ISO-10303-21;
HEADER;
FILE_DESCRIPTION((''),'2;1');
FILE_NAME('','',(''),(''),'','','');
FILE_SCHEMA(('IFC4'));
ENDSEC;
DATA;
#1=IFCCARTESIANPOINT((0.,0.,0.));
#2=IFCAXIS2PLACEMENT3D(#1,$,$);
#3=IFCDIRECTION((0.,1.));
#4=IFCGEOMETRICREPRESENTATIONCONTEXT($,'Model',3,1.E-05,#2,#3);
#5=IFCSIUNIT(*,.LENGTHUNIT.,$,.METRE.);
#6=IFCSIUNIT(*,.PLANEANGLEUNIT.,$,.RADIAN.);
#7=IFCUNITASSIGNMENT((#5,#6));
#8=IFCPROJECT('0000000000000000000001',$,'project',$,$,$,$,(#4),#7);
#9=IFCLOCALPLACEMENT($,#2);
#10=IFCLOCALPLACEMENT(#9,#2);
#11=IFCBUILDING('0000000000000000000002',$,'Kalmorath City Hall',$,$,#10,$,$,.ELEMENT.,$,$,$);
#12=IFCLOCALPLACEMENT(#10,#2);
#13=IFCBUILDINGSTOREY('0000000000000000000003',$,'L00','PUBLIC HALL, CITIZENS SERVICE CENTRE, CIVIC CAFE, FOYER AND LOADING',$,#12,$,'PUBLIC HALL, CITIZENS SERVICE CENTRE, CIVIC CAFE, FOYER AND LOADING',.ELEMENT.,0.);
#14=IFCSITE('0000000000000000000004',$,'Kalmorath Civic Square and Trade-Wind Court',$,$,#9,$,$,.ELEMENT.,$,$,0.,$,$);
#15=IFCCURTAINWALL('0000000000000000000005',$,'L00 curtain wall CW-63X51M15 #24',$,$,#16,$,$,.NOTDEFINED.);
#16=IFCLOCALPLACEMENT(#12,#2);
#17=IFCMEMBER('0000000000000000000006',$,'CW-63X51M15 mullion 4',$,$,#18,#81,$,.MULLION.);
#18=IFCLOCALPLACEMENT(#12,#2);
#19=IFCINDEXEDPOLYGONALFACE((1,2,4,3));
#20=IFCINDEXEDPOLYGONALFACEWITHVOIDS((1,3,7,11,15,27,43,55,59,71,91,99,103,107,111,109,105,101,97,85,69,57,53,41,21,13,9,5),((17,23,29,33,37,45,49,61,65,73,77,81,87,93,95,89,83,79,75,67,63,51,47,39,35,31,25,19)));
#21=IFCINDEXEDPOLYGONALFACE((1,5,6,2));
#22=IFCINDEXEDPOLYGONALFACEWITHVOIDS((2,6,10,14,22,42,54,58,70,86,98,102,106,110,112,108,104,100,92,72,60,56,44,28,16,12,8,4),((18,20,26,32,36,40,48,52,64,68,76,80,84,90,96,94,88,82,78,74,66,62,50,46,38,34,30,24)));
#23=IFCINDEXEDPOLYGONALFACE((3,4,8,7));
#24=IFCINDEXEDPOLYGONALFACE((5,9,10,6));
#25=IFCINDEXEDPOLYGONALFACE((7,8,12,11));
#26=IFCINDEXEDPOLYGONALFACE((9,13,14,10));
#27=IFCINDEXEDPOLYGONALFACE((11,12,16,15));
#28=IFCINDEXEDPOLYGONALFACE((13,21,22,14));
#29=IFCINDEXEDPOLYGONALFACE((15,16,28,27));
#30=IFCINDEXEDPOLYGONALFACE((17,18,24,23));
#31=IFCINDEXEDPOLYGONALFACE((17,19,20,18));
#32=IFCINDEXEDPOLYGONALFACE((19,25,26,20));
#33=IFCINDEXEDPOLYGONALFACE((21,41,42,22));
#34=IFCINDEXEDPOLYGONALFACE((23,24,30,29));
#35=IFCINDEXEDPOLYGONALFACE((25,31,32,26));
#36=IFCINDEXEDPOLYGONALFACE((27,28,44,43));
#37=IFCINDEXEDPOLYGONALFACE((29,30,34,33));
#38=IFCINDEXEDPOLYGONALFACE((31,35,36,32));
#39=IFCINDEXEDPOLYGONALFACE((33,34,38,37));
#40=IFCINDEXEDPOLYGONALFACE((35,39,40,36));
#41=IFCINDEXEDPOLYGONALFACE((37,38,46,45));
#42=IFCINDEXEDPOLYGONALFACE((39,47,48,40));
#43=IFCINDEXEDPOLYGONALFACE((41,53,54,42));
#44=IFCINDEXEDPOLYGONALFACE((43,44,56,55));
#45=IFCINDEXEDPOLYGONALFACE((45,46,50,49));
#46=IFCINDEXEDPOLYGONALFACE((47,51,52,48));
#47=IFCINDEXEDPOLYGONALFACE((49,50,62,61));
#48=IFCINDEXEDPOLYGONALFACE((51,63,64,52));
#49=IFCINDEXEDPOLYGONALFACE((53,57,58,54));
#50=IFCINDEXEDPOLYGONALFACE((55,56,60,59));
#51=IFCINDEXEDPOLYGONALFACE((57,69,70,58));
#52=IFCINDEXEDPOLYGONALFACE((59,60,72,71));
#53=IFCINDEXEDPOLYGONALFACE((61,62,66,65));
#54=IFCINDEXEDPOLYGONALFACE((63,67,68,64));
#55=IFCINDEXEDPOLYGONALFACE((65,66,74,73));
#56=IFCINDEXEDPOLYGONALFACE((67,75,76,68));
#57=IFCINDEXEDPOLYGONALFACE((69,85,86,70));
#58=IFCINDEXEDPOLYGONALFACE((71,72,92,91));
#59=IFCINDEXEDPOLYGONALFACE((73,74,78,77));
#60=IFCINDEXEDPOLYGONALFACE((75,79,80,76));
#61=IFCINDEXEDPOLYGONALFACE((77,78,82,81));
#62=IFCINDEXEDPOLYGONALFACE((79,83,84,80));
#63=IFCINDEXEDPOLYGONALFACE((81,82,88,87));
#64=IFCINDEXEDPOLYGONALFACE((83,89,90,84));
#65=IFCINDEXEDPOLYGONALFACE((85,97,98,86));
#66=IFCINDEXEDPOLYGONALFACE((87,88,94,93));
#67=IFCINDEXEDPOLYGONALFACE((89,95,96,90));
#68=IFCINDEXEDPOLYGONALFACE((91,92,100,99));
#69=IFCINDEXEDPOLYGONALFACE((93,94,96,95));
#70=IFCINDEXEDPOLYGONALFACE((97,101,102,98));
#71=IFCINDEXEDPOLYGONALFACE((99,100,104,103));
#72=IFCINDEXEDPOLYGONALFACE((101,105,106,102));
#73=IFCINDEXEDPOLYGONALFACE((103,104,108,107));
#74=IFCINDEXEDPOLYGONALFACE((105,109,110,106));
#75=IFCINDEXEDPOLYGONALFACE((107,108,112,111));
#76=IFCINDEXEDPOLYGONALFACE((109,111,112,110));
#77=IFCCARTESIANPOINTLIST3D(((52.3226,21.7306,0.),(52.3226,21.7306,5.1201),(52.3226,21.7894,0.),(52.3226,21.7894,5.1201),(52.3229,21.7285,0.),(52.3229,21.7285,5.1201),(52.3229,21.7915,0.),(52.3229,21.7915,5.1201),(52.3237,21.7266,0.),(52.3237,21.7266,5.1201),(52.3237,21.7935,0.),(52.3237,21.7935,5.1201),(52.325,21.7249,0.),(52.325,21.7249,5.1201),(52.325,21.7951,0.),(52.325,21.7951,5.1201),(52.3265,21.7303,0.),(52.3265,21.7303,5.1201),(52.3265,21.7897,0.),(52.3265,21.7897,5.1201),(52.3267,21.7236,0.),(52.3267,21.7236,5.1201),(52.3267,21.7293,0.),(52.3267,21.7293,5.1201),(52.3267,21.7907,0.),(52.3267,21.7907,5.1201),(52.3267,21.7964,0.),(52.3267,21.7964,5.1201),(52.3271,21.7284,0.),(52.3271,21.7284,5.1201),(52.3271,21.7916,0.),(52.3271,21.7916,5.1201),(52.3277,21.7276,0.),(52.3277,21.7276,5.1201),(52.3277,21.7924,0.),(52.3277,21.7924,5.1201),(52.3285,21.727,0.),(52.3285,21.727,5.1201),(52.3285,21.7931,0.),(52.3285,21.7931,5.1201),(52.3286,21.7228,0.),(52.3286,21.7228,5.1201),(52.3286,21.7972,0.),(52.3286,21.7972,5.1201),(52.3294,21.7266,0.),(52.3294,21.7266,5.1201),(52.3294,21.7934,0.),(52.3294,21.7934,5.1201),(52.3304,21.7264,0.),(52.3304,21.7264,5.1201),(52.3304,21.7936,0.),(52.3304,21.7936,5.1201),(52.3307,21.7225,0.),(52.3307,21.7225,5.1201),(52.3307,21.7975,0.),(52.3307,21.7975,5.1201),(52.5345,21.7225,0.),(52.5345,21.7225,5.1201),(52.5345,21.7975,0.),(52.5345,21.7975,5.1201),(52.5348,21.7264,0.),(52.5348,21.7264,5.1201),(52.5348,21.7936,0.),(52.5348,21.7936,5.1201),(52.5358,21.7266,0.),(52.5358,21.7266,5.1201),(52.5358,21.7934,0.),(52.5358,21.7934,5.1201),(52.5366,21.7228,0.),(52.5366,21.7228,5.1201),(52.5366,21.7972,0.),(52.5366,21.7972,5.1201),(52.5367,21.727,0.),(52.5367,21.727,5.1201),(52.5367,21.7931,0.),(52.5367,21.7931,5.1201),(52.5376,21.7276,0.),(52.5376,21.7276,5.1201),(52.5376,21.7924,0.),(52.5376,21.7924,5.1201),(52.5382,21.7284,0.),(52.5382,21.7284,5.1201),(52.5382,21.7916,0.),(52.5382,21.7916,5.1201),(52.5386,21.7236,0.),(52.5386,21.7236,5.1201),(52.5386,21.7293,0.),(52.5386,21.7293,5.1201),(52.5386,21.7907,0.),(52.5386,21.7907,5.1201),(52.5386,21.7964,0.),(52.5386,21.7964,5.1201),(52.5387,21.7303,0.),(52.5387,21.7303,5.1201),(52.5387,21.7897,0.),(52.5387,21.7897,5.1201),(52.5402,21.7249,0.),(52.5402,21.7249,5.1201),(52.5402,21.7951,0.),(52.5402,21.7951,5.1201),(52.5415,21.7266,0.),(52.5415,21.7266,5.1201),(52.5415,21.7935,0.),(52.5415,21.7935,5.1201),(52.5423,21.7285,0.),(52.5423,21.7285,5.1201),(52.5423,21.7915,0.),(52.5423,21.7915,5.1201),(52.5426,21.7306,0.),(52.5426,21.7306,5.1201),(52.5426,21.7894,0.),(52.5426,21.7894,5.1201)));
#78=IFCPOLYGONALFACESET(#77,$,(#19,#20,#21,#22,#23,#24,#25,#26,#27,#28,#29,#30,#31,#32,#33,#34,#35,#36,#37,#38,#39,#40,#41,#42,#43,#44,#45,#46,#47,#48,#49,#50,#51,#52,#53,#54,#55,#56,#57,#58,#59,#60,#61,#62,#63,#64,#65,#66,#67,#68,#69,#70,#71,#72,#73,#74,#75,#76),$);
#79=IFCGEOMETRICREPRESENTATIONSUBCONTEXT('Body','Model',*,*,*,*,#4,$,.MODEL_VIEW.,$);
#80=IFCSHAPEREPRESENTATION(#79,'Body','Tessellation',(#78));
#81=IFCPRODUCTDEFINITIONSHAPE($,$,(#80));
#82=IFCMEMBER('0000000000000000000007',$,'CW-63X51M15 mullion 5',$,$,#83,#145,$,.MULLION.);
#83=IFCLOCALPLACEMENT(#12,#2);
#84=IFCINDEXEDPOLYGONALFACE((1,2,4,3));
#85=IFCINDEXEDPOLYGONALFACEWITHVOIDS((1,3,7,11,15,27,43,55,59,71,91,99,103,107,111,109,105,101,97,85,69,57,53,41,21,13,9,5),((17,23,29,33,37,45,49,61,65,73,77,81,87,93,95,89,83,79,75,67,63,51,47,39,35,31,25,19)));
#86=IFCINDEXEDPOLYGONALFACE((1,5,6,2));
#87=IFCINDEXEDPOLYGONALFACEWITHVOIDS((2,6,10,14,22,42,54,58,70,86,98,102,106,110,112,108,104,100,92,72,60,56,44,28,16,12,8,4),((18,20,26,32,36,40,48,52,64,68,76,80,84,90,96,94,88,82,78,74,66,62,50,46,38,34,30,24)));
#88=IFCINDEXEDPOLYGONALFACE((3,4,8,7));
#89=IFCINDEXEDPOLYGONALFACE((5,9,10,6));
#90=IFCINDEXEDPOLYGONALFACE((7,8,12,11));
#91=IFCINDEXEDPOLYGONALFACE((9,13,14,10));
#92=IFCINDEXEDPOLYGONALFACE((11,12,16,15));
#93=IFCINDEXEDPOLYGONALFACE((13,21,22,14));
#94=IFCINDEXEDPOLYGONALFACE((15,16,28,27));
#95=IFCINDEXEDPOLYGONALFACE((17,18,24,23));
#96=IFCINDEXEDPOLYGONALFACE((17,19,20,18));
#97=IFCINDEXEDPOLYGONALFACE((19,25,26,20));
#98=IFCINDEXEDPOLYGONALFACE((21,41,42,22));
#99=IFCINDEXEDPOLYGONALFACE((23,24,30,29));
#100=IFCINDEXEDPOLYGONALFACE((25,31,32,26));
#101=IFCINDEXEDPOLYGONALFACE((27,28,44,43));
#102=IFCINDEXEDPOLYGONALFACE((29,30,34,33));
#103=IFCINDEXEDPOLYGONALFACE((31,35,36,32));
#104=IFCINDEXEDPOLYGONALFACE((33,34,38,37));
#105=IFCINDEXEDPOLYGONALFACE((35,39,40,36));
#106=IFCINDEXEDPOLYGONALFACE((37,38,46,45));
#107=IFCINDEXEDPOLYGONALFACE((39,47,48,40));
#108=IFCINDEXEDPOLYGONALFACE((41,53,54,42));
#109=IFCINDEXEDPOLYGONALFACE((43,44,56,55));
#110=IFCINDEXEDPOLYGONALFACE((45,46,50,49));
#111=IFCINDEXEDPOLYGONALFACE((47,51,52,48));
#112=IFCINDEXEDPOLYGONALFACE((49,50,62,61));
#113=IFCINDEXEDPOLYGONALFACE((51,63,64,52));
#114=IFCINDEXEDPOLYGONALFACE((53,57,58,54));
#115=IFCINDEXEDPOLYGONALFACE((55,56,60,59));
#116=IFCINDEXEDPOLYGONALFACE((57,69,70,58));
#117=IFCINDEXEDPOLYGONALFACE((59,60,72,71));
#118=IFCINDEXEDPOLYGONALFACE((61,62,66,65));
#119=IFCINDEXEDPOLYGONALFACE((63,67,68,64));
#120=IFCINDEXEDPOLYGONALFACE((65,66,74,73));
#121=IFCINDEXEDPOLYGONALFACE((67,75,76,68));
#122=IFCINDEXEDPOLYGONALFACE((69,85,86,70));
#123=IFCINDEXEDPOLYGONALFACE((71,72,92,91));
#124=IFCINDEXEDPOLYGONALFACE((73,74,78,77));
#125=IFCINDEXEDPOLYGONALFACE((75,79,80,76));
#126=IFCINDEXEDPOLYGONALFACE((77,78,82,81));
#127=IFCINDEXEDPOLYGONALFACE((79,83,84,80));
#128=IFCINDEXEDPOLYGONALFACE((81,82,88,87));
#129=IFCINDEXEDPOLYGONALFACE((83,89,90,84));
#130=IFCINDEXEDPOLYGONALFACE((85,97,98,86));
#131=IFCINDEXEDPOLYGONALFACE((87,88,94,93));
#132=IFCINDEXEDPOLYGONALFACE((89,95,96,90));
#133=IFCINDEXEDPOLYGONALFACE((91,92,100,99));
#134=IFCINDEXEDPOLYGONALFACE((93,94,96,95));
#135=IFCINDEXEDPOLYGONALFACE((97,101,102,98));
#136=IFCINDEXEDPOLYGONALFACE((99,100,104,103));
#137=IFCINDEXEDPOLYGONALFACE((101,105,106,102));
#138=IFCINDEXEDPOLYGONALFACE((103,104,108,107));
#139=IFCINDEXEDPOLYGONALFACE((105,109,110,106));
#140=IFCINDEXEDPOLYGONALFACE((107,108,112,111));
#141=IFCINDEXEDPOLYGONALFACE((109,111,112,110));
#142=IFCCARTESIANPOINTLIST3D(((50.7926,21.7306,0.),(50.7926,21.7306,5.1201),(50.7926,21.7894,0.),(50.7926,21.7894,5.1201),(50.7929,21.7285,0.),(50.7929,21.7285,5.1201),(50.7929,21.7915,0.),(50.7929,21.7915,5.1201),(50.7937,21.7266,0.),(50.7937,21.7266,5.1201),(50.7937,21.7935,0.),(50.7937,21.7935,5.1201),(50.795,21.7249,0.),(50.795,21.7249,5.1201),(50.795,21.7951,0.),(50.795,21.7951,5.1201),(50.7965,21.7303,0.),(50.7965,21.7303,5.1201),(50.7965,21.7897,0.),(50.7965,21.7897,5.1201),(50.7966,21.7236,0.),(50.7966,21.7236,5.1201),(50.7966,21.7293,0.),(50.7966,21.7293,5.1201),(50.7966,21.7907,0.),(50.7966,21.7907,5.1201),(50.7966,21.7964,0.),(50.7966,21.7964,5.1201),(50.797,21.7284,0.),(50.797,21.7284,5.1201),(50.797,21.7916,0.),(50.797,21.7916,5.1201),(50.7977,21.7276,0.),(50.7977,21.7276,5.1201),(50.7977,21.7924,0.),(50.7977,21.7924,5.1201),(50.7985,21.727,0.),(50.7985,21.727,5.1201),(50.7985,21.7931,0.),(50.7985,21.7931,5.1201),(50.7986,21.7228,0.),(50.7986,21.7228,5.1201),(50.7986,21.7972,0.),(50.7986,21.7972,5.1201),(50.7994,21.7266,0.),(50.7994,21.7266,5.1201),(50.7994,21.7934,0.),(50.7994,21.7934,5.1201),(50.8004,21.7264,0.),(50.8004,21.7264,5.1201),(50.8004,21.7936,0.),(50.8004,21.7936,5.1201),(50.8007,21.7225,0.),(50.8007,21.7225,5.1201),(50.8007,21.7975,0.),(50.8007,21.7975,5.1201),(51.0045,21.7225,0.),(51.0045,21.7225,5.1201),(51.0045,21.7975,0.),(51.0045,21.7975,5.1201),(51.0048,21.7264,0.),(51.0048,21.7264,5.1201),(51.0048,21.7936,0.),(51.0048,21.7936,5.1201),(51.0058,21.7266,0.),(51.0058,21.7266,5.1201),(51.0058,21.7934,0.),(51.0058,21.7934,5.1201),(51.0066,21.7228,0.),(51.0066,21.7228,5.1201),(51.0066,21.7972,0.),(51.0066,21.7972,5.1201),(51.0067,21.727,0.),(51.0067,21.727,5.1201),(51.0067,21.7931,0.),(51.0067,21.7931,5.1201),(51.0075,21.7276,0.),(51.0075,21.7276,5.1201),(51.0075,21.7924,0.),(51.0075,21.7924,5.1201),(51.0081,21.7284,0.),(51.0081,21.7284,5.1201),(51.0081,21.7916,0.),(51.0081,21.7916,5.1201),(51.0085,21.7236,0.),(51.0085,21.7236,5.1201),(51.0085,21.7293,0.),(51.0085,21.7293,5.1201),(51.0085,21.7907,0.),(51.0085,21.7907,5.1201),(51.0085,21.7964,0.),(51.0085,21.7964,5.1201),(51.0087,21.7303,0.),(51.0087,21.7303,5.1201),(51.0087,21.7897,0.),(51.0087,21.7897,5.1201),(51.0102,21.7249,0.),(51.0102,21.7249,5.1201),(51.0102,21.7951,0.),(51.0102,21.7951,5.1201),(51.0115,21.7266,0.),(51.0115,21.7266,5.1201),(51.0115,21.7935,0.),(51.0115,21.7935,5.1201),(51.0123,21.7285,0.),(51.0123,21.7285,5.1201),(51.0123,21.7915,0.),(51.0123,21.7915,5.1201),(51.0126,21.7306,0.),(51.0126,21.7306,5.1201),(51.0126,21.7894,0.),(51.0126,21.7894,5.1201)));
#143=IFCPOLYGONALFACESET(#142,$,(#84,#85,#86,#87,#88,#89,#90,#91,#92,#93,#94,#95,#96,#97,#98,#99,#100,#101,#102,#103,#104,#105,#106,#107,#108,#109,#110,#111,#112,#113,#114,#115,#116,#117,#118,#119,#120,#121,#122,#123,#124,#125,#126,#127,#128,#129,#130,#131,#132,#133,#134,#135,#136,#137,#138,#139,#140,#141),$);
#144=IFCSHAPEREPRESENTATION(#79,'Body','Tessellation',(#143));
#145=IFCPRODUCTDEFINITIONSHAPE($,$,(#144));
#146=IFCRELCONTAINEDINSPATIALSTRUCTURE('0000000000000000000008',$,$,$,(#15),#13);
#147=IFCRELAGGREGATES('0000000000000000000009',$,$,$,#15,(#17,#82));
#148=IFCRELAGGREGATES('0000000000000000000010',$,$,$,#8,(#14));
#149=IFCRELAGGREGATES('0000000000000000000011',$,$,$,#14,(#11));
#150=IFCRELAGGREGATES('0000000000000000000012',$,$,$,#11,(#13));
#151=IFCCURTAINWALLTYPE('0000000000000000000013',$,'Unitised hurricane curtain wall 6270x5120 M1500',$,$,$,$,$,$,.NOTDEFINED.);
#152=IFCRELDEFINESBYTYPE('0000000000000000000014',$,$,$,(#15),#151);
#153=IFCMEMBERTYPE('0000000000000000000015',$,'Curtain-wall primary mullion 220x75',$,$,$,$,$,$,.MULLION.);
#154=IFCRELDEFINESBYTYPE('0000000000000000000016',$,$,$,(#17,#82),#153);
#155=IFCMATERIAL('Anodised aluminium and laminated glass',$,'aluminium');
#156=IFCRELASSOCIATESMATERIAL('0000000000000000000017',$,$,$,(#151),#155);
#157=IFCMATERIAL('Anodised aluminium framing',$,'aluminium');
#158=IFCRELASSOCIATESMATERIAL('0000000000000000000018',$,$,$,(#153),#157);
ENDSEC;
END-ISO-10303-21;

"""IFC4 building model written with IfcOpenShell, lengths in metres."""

from ifc_helpers import new_model, si_unit, direction, frame, origin, origin_2d, place, context, subcontext, project, spatial, hollow_rectangle, extrude, material, material_profile, profile_set, type_object, element, aggregate, save


model = new_model("IFC4")

# Units and contexts
model_context = context("Model", 3, precision=1e-05, world=origin(), true_north=direction((0.0, 1.0)))
body_context = subcontext(model_context, "Body", "Model", "MODEL_VIEW")
ifc_project = project(units=[si_unit("LENGTHUNIT", "METRE"), si_unit("PLANEANGLEUNIT", "RADIAN")], contexts=[model_context])

# Site, building, storey
site_placement = place(None, origin())
site = spatial("IfcSite", under=ifc_project, at=site_placement, Name="Kalmorath Civic Square and Trade-Wind Court", CompositionType="ELEMENT", RefElevation=0.0)
building_placement = place(site_placement, origin())
building = spatial("IfcBuilding", under=site, at=building_placement, Name="Kalmorath City Hall", CompositionType="ELEMENT")
storey_placement = place(building_placement, origin())
storey = spatial("IfcBuildingStorey", under=building, at=storey_placement, Name="L00", Description="PUBLIC HALL, CITIZENS SERVICE CENTRE, CIVIC CAFE, FOYER AND LOADING", LongName="PUBLIC HALL, CITIZENS SERVICE CENTRE, CIVIC CAFE, FOYER AND LOADING", CompositionType="ELEMENT", Elevation=0.0)

# Curtain wall, members
ifc_material_1 = material(Name="Anodised aluminium and laminated glass", Category="aluminium")
curtain_wall_type = type_object("IfcCurtainWallType", Name="Unitised hurricane curtain wall 6270x5120 M1500", PredefinedType="NOTDEFINED", material=ifc_material_1)
curtain_wall_placement = place(storey_placement, origin())
curtain_wall = element("IfcCurtainWall", 1, at=curtain_wall_placement, inside=storey, type_object=curtain_wall_type, Name="L00 curtain wall CW-63X51M15 #24", PredefinedType="NOTDEFINED")
ifc_material_2 = material(Name="Anodised aluminium framing", Category="aluminium")
ifc_material_profile_1 = material_profile(ifc_material_2, hollow_rectangle(XDim=0.075, YDim=0.22, WallThickness=0.0039, InnerFilletRadius=0.0039, OuterFilletRadius=0.0081, at=origin_2d()), Name="ALU-MUL-220X75X4")
ifc_profile_set_1 = profile_set([ifc_material_profile_1], Name="Anodised aluminium framing")
member_type_1 = type_object("IfcMemberType", Name="Curtain-wall primary mullion 220x75", PredefinedType="MULLION", material=ifc_profile_set_1)
member_1_placement = place(storey_placement, frame((52.4326, 21.76, 0.0), z_axis=(0.0, 0.0, 1.0), x_axis=(0.0, -1.0, 0.0)))
member_1 = element("IfcMember", 2, at=member_1_placement, type_object=member_type_1, Name="CW-63X51M15 mullion 4", PredefinedType="MULLION", context=body_context, shape_type="SweptSolid", body=[
    extrude(hollow_rectangle(XDim=0.075, YDim=0.22, WallThickness=0.0039, InnerFilletRadius=0.0039, OuterFilletRadius=0.0081, at=origin_2d()), origin(), (0.0, 0.0, 1.0), 5.1201),
])
member_2_placement = place(storey_placement, frame((50.9026, 21.76, 0.0), z_axis=(0.0, 0.0, 1.0), x_axis=(0.0, -1.0, 0.0)))
member_2 = element("IfcMember", 3, at=member_2_placement, type_object=member_type_1, Name="CW-63X51M15 mullion 5", PredefinedType="MULLION", context=body_context, shape_type="SweptSolid", body=[
    extrude(hollow_rectangle(XDim=0.075, YDim=0.22, WallThickness=0.0039, InnerFilletRadius=0.0039, OuterFilletRadius=0.0081, at=origin_2d()), origin(), (0.0, 0.0, 1.0), 5.1201),
])

aggregate(curtain_wall, [member_1, member_2])

save(model, "model.ifc")
